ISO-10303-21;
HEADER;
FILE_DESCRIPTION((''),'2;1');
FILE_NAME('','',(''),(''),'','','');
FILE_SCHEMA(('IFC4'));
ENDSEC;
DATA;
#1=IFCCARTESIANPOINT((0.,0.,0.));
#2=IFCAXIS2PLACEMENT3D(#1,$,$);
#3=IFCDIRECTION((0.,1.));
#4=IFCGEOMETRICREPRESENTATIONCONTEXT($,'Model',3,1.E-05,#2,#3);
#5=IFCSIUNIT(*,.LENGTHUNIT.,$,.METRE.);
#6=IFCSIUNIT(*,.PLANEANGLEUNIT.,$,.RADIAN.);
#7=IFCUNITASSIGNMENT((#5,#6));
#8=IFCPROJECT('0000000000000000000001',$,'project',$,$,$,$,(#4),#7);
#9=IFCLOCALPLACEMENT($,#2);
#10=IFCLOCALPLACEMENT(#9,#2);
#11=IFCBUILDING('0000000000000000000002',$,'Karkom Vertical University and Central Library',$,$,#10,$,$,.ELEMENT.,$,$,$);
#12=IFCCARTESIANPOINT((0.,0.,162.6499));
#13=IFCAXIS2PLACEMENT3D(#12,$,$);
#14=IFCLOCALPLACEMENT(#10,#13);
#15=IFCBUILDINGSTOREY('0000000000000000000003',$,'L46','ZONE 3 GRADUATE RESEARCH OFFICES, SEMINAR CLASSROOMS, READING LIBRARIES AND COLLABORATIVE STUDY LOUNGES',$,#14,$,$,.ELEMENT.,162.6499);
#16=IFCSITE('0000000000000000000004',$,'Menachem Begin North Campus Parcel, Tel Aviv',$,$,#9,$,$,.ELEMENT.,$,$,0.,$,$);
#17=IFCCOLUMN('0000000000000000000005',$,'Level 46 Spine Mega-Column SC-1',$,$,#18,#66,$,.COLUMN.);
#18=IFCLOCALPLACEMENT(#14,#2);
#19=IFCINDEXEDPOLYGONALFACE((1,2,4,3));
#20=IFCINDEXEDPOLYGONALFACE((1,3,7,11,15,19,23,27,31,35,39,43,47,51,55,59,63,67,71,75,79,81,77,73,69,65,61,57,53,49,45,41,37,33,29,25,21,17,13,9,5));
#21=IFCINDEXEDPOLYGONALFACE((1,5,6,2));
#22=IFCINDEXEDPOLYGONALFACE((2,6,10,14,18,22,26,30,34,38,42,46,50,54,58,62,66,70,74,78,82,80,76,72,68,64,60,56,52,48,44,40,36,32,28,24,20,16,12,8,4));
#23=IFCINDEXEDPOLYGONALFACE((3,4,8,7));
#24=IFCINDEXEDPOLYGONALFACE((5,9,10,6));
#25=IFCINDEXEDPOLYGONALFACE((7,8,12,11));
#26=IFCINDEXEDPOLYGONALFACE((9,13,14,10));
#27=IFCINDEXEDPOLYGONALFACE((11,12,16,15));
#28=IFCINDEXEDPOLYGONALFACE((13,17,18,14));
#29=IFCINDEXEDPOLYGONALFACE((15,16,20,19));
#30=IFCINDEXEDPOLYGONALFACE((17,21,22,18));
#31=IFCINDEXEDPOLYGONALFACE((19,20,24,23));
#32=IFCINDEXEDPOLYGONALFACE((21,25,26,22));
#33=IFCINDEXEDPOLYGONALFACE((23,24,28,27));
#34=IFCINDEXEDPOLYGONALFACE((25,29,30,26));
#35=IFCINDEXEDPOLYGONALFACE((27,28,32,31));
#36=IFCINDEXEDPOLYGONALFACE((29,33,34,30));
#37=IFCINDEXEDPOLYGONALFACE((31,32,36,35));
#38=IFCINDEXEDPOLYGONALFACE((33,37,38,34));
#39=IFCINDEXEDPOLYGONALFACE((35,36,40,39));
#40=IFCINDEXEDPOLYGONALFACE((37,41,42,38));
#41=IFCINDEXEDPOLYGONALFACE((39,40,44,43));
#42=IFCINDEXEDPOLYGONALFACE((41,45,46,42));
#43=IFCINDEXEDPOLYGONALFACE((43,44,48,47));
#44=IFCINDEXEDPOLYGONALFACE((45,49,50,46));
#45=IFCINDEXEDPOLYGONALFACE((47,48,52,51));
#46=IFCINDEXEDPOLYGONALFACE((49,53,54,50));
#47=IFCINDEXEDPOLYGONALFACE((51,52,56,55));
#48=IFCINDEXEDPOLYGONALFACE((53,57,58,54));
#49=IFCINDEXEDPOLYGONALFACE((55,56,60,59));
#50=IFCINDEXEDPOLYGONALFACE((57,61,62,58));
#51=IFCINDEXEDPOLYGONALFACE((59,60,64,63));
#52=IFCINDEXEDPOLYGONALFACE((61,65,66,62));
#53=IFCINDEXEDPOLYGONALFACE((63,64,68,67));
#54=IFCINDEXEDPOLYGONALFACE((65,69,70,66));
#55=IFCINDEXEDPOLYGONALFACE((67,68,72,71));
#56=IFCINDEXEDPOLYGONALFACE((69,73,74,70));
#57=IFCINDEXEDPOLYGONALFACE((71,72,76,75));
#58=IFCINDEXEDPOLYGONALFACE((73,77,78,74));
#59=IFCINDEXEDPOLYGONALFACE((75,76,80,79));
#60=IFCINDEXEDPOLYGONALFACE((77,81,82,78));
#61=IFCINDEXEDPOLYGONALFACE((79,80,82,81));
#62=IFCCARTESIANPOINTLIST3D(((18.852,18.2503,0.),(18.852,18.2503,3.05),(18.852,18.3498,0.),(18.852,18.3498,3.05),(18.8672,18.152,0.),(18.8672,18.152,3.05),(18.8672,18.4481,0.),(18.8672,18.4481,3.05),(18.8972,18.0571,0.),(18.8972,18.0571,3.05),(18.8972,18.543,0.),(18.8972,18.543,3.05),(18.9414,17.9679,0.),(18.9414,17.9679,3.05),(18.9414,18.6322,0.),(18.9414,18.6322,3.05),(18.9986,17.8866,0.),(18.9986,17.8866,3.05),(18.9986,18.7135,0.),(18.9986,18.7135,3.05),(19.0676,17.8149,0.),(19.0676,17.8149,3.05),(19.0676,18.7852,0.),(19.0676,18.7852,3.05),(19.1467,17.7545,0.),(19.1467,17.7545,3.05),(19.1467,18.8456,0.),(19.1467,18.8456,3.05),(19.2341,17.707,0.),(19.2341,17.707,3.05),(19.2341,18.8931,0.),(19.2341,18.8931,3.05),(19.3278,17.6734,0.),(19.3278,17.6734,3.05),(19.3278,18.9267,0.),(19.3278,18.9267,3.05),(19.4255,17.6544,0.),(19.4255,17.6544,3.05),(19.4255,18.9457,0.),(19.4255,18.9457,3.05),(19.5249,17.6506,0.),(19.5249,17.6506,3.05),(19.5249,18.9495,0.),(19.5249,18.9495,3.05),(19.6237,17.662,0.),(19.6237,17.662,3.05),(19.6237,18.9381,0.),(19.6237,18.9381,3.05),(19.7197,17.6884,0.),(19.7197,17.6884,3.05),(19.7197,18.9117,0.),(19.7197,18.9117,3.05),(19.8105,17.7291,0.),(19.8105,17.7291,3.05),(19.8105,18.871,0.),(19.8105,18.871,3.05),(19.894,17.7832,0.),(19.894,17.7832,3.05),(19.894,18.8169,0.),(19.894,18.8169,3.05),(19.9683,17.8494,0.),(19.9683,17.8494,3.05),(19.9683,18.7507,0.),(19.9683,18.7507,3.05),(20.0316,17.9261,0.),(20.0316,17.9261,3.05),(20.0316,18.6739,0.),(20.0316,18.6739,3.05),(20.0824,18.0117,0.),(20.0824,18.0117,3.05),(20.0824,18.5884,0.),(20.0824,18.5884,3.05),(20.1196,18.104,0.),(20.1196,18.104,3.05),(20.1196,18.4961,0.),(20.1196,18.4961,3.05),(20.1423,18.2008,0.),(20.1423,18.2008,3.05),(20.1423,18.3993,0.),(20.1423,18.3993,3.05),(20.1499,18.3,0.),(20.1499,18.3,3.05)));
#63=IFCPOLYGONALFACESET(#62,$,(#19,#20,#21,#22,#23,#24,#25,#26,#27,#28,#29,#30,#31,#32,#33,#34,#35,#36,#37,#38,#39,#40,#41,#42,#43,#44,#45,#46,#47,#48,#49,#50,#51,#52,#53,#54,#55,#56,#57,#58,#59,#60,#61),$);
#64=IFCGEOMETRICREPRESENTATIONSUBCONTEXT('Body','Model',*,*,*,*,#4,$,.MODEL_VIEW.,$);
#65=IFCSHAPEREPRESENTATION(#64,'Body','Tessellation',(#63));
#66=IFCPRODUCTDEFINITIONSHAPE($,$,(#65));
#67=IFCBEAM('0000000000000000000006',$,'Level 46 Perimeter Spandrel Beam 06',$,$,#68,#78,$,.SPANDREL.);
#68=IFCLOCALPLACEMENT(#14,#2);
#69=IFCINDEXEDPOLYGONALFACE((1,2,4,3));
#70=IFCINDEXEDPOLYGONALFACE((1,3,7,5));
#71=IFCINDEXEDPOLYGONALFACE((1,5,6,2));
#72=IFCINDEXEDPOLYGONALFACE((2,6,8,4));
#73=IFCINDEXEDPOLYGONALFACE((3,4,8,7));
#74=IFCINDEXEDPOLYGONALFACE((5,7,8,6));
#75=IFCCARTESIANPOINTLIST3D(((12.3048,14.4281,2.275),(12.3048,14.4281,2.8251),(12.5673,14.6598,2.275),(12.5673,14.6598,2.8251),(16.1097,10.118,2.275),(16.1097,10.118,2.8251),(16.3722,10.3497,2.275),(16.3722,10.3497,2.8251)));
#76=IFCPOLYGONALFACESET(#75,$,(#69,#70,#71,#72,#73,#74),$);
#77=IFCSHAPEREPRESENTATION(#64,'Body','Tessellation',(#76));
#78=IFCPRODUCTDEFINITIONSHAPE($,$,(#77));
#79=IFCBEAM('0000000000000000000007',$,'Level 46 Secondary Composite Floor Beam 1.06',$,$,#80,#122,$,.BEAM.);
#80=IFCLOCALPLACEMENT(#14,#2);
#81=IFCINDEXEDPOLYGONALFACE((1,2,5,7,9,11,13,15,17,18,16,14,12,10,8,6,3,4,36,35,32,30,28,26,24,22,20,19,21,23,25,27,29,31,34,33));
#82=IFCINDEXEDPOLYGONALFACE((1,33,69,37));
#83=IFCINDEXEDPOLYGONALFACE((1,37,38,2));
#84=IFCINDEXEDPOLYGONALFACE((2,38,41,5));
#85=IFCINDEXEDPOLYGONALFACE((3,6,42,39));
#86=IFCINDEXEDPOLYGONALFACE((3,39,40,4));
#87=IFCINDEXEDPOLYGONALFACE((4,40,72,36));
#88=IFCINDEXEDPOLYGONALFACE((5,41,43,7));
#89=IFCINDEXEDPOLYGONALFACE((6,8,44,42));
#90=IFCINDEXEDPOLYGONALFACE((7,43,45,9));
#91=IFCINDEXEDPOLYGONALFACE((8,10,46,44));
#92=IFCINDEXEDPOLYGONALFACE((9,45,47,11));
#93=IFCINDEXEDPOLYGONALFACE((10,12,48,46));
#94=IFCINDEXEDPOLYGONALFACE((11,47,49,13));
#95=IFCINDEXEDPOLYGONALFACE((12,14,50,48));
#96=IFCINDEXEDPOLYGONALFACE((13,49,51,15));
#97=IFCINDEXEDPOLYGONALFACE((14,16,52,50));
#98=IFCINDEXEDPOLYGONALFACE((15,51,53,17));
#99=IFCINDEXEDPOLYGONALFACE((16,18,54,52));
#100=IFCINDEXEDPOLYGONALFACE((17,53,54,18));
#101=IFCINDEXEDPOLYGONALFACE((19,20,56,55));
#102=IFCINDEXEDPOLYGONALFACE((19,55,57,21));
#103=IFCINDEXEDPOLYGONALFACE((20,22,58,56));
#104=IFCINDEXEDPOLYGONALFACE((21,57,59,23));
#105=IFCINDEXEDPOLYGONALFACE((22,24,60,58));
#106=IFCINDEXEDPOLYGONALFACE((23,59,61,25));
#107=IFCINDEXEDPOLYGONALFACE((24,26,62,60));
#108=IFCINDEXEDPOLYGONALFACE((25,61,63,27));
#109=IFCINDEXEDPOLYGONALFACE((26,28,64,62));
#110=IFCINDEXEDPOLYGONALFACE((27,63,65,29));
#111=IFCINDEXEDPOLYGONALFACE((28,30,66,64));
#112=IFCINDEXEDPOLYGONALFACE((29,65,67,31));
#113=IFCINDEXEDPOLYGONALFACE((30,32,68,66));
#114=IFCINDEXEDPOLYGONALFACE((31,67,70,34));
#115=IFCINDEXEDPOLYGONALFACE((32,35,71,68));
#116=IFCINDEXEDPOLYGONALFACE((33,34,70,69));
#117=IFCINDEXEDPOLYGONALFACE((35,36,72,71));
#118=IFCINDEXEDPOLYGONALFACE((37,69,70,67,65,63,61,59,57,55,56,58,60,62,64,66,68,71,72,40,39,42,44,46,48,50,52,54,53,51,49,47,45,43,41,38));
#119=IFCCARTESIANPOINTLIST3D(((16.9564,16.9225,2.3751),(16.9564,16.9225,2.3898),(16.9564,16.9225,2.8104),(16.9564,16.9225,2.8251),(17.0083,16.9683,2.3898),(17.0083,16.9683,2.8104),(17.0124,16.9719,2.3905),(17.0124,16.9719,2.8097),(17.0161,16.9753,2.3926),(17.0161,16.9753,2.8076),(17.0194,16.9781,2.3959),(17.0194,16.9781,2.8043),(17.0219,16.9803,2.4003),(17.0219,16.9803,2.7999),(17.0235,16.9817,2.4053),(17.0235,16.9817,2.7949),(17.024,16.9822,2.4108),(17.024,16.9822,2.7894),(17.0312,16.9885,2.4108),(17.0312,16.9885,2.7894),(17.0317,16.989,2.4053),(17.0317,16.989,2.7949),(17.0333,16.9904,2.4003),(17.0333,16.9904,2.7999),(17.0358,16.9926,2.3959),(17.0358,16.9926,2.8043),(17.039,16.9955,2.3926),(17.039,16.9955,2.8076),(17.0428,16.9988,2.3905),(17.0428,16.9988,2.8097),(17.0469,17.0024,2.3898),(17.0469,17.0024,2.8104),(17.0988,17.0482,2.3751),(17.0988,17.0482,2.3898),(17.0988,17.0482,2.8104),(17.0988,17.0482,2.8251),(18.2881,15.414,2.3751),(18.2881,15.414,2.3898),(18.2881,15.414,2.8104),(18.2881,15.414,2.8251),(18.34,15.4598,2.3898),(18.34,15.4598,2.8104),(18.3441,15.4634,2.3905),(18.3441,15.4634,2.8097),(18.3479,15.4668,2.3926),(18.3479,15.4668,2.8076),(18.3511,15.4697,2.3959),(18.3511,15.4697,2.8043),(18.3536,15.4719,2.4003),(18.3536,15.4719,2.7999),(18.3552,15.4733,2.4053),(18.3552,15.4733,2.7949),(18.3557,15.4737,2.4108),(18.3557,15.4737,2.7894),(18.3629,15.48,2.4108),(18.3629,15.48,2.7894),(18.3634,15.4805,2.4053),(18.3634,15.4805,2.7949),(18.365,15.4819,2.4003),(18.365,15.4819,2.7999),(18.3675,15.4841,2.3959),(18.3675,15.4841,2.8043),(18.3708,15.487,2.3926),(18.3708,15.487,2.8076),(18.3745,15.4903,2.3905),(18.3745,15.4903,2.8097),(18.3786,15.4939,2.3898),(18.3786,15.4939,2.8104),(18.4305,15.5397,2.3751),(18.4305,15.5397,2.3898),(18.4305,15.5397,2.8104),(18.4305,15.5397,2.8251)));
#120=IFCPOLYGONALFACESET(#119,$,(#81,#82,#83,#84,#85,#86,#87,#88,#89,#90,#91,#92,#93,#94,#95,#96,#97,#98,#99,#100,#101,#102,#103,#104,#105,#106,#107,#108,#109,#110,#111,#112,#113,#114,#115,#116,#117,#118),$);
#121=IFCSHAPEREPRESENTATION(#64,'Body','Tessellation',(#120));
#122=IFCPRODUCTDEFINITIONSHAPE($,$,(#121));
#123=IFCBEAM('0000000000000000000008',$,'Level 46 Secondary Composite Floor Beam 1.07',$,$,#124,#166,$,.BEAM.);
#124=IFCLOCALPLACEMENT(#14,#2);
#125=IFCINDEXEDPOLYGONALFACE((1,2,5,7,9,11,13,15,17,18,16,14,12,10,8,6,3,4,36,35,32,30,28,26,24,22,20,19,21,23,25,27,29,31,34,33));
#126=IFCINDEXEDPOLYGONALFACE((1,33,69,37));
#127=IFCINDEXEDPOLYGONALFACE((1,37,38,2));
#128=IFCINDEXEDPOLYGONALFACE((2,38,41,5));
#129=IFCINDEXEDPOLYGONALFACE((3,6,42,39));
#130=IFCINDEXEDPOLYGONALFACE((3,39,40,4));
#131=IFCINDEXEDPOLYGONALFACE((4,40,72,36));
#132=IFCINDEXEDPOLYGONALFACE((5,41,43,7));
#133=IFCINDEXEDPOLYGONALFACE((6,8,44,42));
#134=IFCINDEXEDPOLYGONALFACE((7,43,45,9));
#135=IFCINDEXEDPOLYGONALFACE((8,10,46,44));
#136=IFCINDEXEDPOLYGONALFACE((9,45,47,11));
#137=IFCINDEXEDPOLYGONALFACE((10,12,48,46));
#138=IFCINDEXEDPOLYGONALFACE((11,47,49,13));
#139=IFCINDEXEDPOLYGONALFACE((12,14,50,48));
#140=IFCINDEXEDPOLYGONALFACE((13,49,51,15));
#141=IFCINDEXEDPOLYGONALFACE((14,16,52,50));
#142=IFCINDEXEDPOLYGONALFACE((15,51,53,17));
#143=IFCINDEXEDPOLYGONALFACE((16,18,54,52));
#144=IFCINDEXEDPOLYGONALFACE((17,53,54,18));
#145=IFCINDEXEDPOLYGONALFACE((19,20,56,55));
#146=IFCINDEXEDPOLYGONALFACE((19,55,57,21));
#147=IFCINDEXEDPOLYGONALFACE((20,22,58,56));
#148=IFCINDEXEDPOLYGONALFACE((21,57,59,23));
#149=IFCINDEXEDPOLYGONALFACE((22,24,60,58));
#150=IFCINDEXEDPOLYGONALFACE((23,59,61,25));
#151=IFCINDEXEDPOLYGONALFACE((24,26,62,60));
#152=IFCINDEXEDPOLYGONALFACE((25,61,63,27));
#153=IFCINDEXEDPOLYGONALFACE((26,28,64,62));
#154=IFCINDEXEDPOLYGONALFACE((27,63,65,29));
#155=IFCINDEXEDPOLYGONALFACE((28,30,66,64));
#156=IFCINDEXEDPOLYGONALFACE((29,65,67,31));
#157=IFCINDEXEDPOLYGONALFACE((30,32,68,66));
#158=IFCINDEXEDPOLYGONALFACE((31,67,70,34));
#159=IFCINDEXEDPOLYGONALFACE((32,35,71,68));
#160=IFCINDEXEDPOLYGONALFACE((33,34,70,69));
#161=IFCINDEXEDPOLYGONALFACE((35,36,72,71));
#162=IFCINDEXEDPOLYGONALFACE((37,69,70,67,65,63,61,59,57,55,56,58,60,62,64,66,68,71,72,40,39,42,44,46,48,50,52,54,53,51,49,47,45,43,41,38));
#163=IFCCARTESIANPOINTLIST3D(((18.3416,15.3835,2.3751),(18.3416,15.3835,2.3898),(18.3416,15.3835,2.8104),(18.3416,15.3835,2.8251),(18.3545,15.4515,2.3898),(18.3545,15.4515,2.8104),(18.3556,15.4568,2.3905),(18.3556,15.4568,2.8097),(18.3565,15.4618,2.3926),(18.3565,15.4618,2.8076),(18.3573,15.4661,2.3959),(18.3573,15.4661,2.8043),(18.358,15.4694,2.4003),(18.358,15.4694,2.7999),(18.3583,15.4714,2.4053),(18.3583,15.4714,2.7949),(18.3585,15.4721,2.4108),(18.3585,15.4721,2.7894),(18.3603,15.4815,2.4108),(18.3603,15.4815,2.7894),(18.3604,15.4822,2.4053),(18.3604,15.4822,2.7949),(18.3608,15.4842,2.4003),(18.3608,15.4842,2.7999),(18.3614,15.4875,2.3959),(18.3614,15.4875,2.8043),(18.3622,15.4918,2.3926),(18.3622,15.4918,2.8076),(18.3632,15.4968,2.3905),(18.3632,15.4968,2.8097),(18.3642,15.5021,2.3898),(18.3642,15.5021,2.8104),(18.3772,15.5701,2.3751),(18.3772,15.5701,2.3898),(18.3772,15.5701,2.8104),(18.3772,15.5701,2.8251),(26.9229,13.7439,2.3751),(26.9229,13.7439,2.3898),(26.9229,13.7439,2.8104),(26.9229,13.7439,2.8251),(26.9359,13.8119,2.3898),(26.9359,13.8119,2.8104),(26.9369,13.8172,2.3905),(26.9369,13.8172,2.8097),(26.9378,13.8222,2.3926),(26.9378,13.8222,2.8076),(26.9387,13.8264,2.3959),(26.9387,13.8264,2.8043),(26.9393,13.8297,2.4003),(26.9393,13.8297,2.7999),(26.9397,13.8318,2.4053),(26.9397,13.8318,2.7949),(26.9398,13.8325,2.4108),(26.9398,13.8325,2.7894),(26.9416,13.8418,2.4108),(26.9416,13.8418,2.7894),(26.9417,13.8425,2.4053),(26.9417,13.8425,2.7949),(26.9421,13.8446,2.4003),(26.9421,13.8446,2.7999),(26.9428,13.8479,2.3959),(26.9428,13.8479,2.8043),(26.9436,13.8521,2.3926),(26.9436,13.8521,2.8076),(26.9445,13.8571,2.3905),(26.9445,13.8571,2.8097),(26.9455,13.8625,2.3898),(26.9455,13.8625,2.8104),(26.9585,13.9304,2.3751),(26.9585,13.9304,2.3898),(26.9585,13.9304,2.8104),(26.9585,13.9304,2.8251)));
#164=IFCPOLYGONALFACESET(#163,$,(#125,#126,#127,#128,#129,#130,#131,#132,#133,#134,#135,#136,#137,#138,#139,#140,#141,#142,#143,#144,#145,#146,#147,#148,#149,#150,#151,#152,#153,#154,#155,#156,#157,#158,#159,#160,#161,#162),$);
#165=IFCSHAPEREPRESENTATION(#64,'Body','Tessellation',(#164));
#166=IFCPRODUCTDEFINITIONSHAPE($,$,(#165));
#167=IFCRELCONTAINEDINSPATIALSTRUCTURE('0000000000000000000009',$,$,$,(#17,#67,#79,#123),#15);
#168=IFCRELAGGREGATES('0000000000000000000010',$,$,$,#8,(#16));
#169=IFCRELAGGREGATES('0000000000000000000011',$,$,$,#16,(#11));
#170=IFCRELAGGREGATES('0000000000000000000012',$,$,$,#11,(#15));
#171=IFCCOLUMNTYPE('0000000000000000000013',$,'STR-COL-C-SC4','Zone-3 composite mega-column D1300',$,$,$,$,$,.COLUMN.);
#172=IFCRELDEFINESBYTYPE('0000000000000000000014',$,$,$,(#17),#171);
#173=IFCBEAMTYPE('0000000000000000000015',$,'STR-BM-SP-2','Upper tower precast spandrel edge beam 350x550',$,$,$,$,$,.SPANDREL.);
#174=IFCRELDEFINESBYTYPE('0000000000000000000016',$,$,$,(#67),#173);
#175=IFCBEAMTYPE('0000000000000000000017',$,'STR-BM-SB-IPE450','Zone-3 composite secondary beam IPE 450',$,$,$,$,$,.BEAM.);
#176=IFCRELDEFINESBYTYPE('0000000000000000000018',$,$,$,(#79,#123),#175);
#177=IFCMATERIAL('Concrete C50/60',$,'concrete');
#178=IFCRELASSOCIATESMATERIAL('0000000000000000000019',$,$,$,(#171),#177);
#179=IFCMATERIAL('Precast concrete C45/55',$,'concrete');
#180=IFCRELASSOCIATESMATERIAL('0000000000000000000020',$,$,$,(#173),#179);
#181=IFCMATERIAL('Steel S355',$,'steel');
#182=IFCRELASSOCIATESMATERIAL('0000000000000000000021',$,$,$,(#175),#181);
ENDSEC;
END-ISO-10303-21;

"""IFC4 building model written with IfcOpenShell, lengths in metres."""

from ifc_helpers import new_model, si_unit, direction, frame, origin, origin_with_axes, origin_2d, place, context, subcontext, project, spatial, rectangle, circle, i_section, extrude, source, transform, mapped, material, material_profile, profile_set, type_object, element, save


model = new_model("IFC4")

# Units and contexts
model_context = context("Model", 3, precision=1e-05, world=origin(), true_north=direction((0.0, 1.0)))
body_context = subcontext(model_context, "Body", "Model", "MODEL_VIEW")
ifc_project = project(units=[si_unit("LENGTHUNIT", "METRE"), si_unit("PLANEANGLEUNIT", "RADIAN")], contexts=[model_context])

# Site, building, storey
site_placement = place(None, origin())
site = spatial("IfcSite", under=ifc_project, at=site_placement, Name="Menachem Begin North Campus Parcel, Tel Aviv", CompositionType="ELEMENT", RefElevation=0.0)
building_placement = place(site_placement, origin())
building = spatial("IfcBuilding", under=site, at=building_placement, Name="Karkom Vertical University and Central Library", CompositionType="ELEMENT")
storey_placement = place(building_placement, frame((0.0, 0.0, 162.6499)))
storey = spatial("IfcBuildingStorey", under=building, at=storey_placement, Name="L46", Description="ZONE 3 GRADUATE RESEARCH OFFICES, SEMINAR CLASSROOMS, READING LIBRARIES AND COLLABORATIVE STUDY LOUNGES", CompositionType="ELEMENT", Elevation=162.6499)

# Column
ifc_material_1 = material(Name="Concrete C50/60", Category="concrete")
ifc_material_profile_1 = material_profile(ifc_material_1, circle(Radius=0.6499, at=origin_2d()), Name="CFT-D1300")
ifc_profile_set_1 = profile_set([ifc_material_profile_1], Name="Concrete C50/60")
column_type = type_object("IfcColumnType", Name="STR-COL-C-SC4", Description="Zone-3 composite mega-column D1300", PredefinedType="COLUMN", material=ifc_profile_set_1)
shared_shape_1 = source(origin_with_axes(), body_context, "Body", "SweptSolid", [
    extrude(circle(Radius=0.6499, at=origin_2d()), origin(), (0.0, 0.0, 1.0), 3.05),
])
column_placement = place(storey_placement, frame((19.5, 18.3, 0.0), z_axis=(0.0, 0.0, 1.0), x_axis=(1.0, 0.0, 0.0)))
element("IfcColumn", 1, at=column_placement, inside=storey, type_object=column_type, Name="Level 46 Spine Mega-Column SC-1", PredefinedType="COLUMN", context=body_context, shape_type="MappedRepresentation", body=[
    mapped(shared_shape_1, transform((0.0, 0.0, 0.0), scale=1.0)),
])

# Beams
ifc_material_2 = material(Name="Precast concrete C45/55", Category="concrete")
ifc_material_profile_2 = material_profile(ifc_material_2, rectangle(XDim=0.3501, YDim=0.55, at=origin_2d()), Name="SPB-350x550")
ifc_profile_set_2 = profile_set([ifc_material_profile_2], Name="Precast concrete C45/55")
beam_type_1 = type_object("IfcBeamType", Name="STR-BM-SP-2", Description="Upper tower precast spandrel edge beam 350x550", PredefinedType="SPANDREL", material=ifc_profile_set_2)
shared_shape_2 = source(origin_with_axes(), body_context, "Body", "SweptSolid", [
    extrude(rectangle(XDim=0.3501, YDim=0.55, at=origin_2d()), origin(), (0.0, 0.0, 1.0), 5.7493),
])
beam_1_placement = place(storey_placement, frame((12.436, 14.5439, 2.55), z_axis=(0.661811, -0.749671, 0.0), x_axis=(0.749671, 0.661811, 0.0)))
element("IfcBeam", 2, at=beam_1_placement, inside=storey, type_object=beam_type_1, Name="Level 46 Perimeter Spandrel Beam 06", PredefinedType="SPANDREL", context=body_context, shape_type="MappedRepresentation", body=[
    mapped(shared_shape_2, transform((0.0, 0.0, 0.0), scale=1.0)),
])
ifc_material_3 = material(Name="Steel S355", Category="steel")
ifc_material_profile_3 = material_profile(ifc_material_3, i_section(OverallWidth=0.1899, OverallDepth=0.45, WebThickness=0.0095, FlangeThickness=0.0146, FilletRadius=0.021, at=origin_2d()), Name="IPE 450")
ifc_profile_set_3 = profile_set([ifc_material_profile_3], Name="Steel S355")
beam_type_2 = type_object("IfcBeamType", Name="STR-BM-SB-IPE450", Description="Zone-3 composite secondary beam IPE 450", PredefinedType="BEAM", material=ifc_profile_set_3)
shared_shape_3 = source(origin_with_axes(), body_context, "Body", "SweptSolid", [
    extrude(i_section(OverallWidth=0.1899, OverallDepth=0.45, WebThickness=0.0095, FlangeThickness=0.0146, FilletRadius=0.021, at=origin_2d()), origin(), (0.0, 0.0, 1.0), 2.0122),
])
beam_2_placement = place(storey_placement, frame((17.0276, 16.9854, 2.6001), z_axis=(0.661822, -0.749661, 0.0), x_axis=(0.749661, 0.661822, 0.0)))
element("IfcBeam", 3, at=beam_2_placement, inside=storey, type_object=beam_type_2, Name="Level 46 Secondary Composite Floor Beam 1.06", PredefinedType="BEAM", context=body_context, shape_type="MappedRepresentation", body=[
    mapped(shared_shape_3, transform((0.0, 0.0, 0.0), scale=1.0)),
])
shared_shape_4 = source(origin_with_axes(), body_context, "Body", "SweptSolid", [
    extrude(i_section(OverallWidth=0.1899, OverallDepth=0.45, WebThickness=0.0095, FlangeThickness=0.0146, FilletRadius=0.021, at=origin_2d()), origin(), (0.0, 0.0, 1.0), 8.7366),
])
beam_3_placement = place(storey_placement, frame((18.3594, 15.4768, 2.6001), z_axis=(0.982231, -0.187677, 0.0), x_axis=(0.187677, 0.982231, 0.0)))
element("IfcBeam", 4, at=beam_3_placement, inside=storey, type_object=beam_type_2, Name="Level 46 Secondary Composite Floor Beam 1.07", PredefinedType="BEAM", context=body_context, shape_type="MappedRepresentation", body=[
    mapped(shared_shape_4, transform((0.0, 0.0, 0.0), scale=1.0)),
])

save(model, "model.ifc")
